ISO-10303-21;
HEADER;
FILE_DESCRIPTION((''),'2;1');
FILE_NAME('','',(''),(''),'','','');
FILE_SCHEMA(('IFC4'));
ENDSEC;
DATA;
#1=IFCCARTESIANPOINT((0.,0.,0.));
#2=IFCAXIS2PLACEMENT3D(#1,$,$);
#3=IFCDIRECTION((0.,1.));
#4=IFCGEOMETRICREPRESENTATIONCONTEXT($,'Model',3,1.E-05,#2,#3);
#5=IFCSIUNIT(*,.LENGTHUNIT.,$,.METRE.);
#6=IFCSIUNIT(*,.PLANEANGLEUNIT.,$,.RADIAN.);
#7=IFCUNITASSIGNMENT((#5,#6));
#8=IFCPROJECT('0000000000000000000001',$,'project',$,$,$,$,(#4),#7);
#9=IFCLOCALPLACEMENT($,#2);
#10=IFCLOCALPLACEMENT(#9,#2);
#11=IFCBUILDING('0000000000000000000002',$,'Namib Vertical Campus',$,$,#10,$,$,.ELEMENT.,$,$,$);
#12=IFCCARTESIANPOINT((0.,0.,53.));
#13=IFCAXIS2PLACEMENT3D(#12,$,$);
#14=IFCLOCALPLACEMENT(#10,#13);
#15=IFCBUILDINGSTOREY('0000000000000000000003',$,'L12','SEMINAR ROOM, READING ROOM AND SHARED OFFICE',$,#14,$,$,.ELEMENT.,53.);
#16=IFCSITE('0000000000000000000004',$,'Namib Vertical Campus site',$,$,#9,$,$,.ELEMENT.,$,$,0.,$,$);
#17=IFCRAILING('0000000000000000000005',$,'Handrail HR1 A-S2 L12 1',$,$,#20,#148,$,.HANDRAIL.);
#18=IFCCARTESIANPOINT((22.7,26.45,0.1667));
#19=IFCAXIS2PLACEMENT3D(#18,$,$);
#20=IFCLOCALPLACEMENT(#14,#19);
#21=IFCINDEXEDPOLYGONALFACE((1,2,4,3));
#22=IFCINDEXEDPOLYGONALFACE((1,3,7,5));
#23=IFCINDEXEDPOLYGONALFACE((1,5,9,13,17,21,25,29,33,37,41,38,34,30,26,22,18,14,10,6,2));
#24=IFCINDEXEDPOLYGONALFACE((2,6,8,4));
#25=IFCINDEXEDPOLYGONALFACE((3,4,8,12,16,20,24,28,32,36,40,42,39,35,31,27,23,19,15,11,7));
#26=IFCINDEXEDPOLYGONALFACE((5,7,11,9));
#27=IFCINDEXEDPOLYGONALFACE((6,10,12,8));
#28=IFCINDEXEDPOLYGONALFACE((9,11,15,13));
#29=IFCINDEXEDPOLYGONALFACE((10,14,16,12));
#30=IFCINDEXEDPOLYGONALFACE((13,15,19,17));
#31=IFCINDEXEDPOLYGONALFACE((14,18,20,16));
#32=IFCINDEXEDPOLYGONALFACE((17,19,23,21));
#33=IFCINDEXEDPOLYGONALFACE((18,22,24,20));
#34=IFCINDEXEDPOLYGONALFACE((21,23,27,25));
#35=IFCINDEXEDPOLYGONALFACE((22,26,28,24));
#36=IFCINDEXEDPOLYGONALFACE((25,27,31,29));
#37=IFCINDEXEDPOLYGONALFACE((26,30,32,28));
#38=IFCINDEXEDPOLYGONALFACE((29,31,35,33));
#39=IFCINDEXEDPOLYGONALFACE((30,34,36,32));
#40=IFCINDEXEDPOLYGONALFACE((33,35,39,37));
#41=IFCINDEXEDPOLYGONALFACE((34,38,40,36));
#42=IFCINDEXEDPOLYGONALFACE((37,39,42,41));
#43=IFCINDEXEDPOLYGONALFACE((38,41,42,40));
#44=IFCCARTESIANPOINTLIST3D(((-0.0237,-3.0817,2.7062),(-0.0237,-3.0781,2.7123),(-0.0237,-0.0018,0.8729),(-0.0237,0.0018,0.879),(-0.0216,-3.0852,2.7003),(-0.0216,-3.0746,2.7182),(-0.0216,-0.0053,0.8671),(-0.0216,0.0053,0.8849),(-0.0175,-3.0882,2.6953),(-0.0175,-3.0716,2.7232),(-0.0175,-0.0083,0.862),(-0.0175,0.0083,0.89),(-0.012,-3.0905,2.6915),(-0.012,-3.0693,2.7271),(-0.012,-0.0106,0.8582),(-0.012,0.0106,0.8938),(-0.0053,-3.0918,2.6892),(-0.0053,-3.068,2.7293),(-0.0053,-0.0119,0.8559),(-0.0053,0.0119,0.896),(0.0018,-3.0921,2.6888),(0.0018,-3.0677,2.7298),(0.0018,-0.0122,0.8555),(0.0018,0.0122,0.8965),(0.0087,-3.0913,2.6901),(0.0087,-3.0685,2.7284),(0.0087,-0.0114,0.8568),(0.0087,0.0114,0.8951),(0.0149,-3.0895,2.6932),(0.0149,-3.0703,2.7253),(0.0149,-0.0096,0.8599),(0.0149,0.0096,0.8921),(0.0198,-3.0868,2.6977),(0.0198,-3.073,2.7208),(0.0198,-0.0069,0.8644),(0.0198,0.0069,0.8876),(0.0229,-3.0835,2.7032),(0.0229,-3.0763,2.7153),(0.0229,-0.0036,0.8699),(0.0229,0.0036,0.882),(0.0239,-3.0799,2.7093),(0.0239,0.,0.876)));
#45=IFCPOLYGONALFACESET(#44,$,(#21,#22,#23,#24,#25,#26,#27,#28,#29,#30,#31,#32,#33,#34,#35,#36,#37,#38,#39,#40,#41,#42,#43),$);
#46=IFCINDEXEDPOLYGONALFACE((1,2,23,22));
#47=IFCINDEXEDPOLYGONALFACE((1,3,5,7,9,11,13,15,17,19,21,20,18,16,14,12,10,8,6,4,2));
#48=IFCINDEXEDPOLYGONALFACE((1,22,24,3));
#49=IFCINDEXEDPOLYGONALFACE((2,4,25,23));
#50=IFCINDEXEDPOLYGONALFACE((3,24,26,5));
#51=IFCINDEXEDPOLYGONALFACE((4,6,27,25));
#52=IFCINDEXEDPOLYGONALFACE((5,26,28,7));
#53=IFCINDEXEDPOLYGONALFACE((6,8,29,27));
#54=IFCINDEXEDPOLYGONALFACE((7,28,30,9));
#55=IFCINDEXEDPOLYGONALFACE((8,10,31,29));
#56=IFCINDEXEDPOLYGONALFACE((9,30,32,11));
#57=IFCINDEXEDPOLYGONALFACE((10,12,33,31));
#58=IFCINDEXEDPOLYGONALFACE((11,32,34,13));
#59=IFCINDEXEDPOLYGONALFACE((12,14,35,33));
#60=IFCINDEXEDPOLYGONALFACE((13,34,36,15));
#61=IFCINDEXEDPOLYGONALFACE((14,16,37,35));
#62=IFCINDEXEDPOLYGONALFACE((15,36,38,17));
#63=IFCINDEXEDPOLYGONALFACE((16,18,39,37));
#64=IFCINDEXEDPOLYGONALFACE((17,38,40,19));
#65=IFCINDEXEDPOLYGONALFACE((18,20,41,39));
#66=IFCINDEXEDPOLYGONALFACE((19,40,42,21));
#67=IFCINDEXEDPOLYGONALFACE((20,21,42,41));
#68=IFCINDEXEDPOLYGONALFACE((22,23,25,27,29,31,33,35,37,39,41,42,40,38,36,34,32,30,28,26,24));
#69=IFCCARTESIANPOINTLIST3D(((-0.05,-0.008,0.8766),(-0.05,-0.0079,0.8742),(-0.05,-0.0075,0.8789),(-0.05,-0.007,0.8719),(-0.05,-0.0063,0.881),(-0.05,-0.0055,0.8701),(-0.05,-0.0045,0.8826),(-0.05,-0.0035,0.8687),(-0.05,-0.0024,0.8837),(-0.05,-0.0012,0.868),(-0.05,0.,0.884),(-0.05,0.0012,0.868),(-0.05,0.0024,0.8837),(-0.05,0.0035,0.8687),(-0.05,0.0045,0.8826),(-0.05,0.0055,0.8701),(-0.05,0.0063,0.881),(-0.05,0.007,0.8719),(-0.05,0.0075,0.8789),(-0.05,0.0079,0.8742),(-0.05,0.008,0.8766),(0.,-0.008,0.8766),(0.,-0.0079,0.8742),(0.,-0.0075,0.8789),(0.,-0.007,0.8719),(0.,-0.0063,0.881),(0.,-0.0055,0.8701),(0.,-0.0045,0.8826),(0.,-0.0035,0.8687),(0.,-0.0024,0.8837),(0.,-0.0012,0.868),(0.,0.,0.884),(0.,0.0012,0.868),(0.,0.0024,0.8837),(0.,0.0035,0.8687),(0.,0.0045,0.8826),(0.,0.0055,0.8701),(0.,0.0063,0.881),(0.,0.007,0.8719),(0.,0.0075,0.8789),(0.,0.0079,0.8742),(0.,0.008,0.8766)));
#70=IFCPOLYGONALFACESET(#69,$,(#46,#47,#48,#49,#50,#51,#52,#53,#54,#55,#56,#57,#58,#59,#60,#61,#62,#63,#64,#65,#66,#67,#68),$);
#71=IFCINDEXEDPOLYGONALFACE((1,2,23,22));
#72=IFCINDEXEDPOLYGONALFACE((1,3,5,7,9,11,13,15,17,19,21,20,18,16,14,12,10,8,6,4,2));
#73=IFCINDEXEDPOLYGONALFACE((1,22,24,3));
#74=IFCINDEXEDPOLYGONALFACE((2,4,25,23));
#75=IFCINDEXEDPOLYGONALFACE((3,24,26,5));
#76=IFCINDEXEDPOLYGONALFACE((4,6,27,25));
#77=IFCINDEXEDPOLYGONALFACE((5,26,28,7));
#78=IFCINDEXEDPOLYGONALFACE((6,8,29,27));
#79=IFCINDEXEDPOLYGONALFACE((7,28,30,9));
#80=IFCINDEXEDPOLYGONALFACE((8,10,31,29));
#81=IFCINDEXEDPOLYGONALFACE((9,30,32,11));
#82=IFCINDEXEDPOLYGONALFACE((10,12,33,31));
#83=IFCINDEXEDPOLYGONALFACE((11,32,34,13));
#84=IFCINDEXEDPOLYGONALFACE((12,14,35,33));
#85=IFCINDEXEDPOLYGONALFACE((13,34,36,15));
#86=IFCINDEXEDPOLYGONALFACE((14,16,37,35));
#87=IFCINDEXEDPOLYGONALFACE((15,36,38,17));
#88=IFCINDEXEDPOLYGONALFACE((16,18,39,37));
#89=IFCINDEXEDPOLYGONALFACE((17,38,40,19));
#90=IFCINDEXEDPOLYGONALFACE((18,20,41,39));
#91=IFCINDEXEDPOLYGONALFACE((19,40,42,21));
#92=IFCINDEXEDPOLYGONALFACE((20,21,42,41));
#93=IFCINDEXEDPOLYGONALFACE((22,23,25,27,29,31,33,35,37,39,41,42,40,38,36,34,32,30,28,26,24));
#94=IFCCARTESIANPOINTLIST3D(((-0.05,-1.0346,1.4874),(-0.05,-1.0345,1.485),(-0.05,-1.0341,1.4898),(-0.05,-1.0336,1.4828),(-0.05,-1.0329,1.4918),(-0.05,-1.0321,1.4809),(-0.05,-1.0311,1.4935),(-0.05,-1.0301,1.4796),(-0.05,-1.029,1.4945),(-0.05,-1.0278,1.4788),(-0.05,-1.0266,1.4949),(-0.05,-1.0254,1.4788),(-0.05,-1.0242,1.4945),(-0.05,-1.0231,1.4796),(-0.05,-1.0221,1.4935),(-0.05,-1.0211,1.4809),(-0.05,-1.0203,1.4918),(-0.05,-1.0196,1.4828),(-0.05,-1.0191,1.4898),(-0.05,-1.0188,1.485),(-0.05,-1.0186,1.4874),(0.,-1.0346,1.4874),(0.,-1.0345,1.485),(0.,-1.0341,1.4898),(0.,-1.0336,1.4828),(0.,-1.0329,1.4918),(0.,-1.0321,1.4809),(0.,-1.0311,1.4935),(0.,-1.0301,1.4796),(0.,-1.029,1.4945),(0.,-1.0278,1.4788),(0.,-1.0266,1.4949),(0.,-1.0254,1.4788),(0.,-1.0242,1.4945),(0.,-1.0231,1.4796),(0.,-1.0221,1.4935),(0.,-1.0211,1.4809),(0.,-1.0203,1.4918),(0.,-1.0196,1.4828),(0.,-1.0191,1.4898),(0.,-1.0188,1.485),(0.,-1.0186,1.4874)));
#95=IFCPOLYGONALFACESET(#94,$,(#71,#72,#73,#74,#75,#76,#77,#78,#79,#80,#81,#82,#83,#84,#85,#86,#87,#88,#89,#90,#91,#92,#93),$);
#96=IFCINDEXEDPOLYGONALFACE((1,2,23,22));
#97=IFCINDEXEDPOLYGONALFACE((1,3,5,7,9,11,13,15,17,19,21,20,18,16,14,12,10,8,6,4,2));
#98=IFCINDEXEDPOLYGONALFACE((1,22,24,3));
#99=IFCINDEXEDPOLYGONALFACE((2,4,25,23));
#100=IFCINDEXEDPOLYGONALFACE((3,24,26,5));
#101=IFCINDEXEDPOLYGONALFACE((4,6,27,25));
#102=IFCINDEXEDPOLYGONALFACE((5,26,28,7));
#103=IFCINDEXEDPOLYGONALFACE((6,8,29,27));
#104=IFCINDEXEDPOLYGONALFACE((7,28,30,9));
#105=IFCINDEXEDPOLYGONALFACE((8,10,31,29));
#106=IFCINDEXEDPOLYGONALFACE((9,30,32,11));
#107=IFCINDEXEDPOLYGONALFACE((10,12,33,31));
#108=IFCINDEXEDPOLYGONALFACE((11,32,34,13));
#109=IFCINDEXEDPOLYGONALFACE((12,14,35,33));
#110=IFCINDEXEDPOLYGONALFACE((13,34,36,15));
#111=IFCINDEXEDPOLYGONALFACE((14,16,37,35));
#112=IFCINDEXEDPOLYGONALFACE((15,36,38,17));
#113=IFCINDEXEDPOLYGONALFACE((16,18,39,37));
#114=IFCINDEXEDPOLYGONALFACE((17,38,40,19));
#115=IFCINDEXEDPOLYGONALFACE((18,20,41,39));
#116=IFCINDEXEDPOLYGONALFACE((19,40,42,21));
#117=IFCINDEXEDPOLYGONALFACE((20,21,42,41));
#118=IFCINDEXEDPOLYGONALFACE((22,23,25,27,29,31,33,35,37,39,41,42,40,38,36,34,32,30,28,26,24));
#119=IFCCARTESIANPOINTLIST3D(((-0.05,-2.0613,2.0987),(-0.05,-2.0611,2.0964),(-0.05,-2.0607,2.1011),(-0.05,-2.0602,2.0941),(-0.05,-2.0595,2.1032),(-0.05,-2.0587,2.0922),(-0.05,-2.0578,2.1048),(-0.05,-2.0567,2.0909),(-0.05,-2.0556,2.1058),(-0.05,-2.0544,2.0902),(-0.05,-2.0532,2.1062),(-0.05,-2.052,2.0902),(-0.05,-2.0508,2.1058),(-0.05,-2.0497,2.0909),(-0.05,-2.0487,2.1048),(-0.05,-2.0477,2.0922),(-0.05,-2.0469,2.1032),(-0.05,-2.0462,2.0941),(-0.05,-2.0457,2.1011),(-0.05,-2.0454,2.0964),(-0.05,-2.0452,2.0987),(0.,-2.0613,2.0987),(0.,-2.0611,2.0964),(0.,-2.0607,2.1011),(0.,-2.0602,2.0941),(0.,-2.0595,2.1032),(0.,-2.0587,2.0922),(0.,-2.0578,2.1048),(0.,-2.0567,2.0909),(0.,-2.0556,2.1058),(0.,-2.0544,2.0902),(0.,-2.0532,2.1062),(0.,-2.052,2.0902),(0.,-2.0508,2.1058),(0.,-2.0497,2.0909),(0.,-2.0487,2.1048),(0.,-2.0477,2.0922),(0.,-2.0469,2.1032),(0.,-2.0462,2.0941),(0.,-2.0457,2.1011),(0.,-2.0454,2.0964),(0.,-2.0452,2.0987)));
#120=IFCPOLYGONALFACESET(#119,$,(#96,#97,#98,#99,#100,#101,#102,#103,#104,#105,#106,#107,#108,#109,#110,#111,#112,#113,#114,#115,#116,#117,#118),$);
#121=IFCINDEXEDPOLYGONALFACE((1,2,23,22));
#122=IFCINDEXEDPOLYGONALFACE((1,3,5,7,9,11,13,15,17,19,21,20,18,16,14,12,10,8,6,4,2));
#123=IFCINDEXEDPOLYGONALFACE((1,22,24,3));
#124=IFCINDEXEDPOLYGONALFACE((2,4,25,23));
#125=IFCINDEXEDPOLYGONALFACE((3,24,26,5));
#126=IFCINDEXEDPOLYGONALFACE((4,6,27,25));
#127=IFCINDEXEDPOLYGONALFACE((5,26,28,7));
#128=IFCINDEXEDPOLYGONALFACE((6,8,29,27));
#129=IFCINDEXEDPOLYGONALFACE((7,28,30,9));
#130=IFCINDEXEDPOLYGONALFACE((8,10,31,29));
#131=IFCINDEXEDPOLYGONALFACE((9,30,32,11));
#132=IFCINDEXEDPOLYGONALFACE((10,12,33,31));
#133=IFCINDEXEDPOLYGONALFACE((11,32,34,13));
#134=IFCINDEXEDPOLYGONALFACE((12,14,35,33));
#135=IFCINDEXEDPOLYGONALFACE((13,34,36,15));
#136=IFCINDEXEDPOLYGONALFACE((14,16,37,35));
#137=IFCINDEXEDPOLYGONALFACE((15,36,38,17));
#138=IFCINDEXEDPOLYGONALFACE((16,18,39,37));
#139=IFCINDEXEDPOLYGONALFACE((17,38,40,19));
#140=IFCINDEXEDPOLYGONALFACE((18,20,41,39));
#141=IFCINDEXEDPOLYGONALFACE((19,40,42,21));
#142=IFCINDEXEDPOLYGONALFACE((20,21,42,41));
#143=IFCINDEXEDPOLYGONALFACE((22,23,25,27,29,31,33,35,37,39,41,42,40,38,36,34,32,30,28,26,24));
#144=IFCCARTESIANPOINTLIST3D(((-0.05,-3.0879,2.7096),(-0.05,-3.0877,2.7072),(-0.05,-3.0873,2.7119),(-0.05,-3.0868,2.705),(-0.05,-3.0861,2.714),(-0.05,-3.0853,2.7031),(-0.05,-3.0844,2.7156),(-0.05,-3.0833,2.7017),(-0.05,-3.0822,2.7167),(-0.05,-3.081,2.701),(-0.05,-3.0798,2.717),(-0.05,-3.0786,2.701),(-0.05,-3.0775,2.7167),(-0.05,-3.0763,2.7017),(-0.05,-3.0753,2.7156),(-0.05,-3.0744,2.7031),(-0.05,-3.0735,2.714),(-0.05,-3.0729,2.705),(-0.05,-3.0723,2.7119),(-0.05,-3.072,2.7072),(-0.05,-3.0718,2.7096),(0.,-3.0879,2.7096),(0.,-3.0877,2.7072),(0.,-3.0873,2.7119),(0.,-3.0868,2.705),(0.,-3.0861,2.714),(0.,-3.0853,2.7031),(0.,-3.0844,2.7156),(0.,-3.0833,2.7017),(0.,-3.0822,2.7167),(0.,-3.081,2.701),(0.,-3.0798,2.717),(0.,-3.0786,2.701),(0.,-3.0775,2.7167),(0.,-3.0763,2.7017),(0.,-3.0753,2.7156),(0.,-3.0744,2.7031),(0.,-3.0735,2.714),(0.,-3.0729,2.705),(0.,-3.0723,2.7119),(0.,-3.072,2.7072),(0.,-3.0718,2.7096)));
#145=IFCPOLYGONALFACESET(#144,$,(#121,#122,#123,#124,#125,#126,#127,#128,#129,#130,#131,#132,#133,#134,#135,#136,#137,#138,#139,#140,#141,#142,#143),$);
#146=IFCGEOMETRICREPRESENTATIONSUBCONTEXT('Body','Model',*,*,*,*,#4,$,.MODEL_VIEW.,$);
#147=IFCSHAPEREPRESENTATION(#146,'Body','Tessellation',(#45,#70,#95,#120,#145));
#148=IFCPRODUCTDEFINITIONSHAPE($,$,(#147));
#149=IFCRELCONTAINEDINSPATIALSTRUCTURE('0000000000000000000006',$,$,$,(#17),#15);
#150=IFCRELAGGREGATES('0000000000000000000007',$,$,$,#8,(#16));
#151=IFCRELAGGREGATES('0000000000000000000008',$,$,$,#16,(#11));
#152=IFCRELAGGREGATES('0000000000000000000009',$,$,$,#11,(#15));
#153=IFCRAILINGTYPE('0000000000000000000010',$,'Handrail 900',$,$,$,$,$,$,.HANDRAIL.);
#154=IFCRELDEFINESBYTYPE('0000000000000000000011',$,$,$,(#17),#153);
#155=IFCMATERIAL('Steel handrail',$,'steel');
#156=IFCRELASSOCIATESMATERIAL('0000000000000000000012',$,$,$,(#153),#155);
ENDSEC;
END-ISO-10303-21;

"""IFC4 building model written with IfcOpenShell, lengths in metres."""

from ifc_helpers import new_model, si_unit, direction, frame, origin, origin_2d, place, context, subcontext, project, spatial, circle, extrude, material, type_object, element, save


model = new_model("IFC4")

# Units and contexts
model_context = context("Model", 3, precision=1e-05, world=origin(), true_north=direction((0.0, 1.0)))
body_context = subcontext(model_context, "Body", "Model", "MODEL_VIEW")
ifc_project = project(units=[si_unit("LENGTHUNIT", "METRE"), si_unit("PLANEANGLEUNIT", "RADIAN")], contexts=[model_context])

# Site, building, storey
site_placement = place(None, origin())
site = spatial("IfcSite", under=ifc_project, at=site_placement, Name="Namib Vertical Campus site", CompositionType="ELEMENT", RefElevation=0.0)
building_placement = place(site_placement, origin())
building = spatial("IfcBuilding", under=site, at=building_placement, Name="Namib Vertical Campus", CompositionType="ELEMENT")
storey_placement = place(building_placement, frame((0.0, 0.0, 53.0)))
storey = spatial("IfcBuildingStorey", under=building, at=storey_placement, Name="L12", Description="SEMINAR ROOM, READING ROOM AND SHARED OFFICE", CompositionType="ELEMENT", Elevation=53.0)

# Railing
ifc_material_1 = material(Name="Steel handrail", Category="steel")
railing_type_1 = type_object("IfcRailingType", Name="Handrail 900", PredefinedType="HANDRAIL", material=ifc_material_1)
railing_1_placement = place(storey_placement, frame((22.7, 26.45, 0.1667)))
element("IfcRailing", 1, at=railing_1_placement, inside=storey, type_object=railing_type_1, Name="Handrail HR1 A-S2 L12 1", PredefinedType="HANDRAIL", context=body_context, shape_type="SweptSolid", body=[
    extrude(circle(Radius=0.0239, at=origin_2d()), frame((0.0, 0.0, 0.876), z_axis=(0.0, -0.859291, 0.511487), x_axis=(1.0, 0.0, 0.0)), (0.0, 0.0, 1.0), 3.5842),
    extrude(circle(Radius=0.0081, at=origin_2d()), frame((0.0, 0.0, 0.876), z_axis=(-1.0, 0.0, 0.0), x_axis=(0.0, 0.0, 1.0)), (0.0, 0.0, 1.0), 0.05),
    extrude(circle(Radius=0.0081, at=origin_2d()), frame((0.0, -1.0266, 1.4868), z_axis=(-1.0, 0.0, 0.0), x_axis=(0.0, 0.0, 1.0)), (0.0, 0.0, 1.0), 0.05),
    extrude(circle(Radius=0.0081, at=origin_2d()), frame((0.0, -2.0532, 2.0981), z_axis=(-1.0, 0.0, 0.0), x_axis=(0.0, 0.0, 1.0)), (0.0, 0.0, 1.0), 0.05),
    extrude(circle(Radius=0.0081, at=origin_2d()), frame((0.0, -3.0798, 2.709), z_axis=(-1.0, 0.0, 0.0), x_axis=(0.0, 0.0, 1.0)), (0.0, 0.0, 1.0), 0.05),
])

save(model, "model.ifc")
